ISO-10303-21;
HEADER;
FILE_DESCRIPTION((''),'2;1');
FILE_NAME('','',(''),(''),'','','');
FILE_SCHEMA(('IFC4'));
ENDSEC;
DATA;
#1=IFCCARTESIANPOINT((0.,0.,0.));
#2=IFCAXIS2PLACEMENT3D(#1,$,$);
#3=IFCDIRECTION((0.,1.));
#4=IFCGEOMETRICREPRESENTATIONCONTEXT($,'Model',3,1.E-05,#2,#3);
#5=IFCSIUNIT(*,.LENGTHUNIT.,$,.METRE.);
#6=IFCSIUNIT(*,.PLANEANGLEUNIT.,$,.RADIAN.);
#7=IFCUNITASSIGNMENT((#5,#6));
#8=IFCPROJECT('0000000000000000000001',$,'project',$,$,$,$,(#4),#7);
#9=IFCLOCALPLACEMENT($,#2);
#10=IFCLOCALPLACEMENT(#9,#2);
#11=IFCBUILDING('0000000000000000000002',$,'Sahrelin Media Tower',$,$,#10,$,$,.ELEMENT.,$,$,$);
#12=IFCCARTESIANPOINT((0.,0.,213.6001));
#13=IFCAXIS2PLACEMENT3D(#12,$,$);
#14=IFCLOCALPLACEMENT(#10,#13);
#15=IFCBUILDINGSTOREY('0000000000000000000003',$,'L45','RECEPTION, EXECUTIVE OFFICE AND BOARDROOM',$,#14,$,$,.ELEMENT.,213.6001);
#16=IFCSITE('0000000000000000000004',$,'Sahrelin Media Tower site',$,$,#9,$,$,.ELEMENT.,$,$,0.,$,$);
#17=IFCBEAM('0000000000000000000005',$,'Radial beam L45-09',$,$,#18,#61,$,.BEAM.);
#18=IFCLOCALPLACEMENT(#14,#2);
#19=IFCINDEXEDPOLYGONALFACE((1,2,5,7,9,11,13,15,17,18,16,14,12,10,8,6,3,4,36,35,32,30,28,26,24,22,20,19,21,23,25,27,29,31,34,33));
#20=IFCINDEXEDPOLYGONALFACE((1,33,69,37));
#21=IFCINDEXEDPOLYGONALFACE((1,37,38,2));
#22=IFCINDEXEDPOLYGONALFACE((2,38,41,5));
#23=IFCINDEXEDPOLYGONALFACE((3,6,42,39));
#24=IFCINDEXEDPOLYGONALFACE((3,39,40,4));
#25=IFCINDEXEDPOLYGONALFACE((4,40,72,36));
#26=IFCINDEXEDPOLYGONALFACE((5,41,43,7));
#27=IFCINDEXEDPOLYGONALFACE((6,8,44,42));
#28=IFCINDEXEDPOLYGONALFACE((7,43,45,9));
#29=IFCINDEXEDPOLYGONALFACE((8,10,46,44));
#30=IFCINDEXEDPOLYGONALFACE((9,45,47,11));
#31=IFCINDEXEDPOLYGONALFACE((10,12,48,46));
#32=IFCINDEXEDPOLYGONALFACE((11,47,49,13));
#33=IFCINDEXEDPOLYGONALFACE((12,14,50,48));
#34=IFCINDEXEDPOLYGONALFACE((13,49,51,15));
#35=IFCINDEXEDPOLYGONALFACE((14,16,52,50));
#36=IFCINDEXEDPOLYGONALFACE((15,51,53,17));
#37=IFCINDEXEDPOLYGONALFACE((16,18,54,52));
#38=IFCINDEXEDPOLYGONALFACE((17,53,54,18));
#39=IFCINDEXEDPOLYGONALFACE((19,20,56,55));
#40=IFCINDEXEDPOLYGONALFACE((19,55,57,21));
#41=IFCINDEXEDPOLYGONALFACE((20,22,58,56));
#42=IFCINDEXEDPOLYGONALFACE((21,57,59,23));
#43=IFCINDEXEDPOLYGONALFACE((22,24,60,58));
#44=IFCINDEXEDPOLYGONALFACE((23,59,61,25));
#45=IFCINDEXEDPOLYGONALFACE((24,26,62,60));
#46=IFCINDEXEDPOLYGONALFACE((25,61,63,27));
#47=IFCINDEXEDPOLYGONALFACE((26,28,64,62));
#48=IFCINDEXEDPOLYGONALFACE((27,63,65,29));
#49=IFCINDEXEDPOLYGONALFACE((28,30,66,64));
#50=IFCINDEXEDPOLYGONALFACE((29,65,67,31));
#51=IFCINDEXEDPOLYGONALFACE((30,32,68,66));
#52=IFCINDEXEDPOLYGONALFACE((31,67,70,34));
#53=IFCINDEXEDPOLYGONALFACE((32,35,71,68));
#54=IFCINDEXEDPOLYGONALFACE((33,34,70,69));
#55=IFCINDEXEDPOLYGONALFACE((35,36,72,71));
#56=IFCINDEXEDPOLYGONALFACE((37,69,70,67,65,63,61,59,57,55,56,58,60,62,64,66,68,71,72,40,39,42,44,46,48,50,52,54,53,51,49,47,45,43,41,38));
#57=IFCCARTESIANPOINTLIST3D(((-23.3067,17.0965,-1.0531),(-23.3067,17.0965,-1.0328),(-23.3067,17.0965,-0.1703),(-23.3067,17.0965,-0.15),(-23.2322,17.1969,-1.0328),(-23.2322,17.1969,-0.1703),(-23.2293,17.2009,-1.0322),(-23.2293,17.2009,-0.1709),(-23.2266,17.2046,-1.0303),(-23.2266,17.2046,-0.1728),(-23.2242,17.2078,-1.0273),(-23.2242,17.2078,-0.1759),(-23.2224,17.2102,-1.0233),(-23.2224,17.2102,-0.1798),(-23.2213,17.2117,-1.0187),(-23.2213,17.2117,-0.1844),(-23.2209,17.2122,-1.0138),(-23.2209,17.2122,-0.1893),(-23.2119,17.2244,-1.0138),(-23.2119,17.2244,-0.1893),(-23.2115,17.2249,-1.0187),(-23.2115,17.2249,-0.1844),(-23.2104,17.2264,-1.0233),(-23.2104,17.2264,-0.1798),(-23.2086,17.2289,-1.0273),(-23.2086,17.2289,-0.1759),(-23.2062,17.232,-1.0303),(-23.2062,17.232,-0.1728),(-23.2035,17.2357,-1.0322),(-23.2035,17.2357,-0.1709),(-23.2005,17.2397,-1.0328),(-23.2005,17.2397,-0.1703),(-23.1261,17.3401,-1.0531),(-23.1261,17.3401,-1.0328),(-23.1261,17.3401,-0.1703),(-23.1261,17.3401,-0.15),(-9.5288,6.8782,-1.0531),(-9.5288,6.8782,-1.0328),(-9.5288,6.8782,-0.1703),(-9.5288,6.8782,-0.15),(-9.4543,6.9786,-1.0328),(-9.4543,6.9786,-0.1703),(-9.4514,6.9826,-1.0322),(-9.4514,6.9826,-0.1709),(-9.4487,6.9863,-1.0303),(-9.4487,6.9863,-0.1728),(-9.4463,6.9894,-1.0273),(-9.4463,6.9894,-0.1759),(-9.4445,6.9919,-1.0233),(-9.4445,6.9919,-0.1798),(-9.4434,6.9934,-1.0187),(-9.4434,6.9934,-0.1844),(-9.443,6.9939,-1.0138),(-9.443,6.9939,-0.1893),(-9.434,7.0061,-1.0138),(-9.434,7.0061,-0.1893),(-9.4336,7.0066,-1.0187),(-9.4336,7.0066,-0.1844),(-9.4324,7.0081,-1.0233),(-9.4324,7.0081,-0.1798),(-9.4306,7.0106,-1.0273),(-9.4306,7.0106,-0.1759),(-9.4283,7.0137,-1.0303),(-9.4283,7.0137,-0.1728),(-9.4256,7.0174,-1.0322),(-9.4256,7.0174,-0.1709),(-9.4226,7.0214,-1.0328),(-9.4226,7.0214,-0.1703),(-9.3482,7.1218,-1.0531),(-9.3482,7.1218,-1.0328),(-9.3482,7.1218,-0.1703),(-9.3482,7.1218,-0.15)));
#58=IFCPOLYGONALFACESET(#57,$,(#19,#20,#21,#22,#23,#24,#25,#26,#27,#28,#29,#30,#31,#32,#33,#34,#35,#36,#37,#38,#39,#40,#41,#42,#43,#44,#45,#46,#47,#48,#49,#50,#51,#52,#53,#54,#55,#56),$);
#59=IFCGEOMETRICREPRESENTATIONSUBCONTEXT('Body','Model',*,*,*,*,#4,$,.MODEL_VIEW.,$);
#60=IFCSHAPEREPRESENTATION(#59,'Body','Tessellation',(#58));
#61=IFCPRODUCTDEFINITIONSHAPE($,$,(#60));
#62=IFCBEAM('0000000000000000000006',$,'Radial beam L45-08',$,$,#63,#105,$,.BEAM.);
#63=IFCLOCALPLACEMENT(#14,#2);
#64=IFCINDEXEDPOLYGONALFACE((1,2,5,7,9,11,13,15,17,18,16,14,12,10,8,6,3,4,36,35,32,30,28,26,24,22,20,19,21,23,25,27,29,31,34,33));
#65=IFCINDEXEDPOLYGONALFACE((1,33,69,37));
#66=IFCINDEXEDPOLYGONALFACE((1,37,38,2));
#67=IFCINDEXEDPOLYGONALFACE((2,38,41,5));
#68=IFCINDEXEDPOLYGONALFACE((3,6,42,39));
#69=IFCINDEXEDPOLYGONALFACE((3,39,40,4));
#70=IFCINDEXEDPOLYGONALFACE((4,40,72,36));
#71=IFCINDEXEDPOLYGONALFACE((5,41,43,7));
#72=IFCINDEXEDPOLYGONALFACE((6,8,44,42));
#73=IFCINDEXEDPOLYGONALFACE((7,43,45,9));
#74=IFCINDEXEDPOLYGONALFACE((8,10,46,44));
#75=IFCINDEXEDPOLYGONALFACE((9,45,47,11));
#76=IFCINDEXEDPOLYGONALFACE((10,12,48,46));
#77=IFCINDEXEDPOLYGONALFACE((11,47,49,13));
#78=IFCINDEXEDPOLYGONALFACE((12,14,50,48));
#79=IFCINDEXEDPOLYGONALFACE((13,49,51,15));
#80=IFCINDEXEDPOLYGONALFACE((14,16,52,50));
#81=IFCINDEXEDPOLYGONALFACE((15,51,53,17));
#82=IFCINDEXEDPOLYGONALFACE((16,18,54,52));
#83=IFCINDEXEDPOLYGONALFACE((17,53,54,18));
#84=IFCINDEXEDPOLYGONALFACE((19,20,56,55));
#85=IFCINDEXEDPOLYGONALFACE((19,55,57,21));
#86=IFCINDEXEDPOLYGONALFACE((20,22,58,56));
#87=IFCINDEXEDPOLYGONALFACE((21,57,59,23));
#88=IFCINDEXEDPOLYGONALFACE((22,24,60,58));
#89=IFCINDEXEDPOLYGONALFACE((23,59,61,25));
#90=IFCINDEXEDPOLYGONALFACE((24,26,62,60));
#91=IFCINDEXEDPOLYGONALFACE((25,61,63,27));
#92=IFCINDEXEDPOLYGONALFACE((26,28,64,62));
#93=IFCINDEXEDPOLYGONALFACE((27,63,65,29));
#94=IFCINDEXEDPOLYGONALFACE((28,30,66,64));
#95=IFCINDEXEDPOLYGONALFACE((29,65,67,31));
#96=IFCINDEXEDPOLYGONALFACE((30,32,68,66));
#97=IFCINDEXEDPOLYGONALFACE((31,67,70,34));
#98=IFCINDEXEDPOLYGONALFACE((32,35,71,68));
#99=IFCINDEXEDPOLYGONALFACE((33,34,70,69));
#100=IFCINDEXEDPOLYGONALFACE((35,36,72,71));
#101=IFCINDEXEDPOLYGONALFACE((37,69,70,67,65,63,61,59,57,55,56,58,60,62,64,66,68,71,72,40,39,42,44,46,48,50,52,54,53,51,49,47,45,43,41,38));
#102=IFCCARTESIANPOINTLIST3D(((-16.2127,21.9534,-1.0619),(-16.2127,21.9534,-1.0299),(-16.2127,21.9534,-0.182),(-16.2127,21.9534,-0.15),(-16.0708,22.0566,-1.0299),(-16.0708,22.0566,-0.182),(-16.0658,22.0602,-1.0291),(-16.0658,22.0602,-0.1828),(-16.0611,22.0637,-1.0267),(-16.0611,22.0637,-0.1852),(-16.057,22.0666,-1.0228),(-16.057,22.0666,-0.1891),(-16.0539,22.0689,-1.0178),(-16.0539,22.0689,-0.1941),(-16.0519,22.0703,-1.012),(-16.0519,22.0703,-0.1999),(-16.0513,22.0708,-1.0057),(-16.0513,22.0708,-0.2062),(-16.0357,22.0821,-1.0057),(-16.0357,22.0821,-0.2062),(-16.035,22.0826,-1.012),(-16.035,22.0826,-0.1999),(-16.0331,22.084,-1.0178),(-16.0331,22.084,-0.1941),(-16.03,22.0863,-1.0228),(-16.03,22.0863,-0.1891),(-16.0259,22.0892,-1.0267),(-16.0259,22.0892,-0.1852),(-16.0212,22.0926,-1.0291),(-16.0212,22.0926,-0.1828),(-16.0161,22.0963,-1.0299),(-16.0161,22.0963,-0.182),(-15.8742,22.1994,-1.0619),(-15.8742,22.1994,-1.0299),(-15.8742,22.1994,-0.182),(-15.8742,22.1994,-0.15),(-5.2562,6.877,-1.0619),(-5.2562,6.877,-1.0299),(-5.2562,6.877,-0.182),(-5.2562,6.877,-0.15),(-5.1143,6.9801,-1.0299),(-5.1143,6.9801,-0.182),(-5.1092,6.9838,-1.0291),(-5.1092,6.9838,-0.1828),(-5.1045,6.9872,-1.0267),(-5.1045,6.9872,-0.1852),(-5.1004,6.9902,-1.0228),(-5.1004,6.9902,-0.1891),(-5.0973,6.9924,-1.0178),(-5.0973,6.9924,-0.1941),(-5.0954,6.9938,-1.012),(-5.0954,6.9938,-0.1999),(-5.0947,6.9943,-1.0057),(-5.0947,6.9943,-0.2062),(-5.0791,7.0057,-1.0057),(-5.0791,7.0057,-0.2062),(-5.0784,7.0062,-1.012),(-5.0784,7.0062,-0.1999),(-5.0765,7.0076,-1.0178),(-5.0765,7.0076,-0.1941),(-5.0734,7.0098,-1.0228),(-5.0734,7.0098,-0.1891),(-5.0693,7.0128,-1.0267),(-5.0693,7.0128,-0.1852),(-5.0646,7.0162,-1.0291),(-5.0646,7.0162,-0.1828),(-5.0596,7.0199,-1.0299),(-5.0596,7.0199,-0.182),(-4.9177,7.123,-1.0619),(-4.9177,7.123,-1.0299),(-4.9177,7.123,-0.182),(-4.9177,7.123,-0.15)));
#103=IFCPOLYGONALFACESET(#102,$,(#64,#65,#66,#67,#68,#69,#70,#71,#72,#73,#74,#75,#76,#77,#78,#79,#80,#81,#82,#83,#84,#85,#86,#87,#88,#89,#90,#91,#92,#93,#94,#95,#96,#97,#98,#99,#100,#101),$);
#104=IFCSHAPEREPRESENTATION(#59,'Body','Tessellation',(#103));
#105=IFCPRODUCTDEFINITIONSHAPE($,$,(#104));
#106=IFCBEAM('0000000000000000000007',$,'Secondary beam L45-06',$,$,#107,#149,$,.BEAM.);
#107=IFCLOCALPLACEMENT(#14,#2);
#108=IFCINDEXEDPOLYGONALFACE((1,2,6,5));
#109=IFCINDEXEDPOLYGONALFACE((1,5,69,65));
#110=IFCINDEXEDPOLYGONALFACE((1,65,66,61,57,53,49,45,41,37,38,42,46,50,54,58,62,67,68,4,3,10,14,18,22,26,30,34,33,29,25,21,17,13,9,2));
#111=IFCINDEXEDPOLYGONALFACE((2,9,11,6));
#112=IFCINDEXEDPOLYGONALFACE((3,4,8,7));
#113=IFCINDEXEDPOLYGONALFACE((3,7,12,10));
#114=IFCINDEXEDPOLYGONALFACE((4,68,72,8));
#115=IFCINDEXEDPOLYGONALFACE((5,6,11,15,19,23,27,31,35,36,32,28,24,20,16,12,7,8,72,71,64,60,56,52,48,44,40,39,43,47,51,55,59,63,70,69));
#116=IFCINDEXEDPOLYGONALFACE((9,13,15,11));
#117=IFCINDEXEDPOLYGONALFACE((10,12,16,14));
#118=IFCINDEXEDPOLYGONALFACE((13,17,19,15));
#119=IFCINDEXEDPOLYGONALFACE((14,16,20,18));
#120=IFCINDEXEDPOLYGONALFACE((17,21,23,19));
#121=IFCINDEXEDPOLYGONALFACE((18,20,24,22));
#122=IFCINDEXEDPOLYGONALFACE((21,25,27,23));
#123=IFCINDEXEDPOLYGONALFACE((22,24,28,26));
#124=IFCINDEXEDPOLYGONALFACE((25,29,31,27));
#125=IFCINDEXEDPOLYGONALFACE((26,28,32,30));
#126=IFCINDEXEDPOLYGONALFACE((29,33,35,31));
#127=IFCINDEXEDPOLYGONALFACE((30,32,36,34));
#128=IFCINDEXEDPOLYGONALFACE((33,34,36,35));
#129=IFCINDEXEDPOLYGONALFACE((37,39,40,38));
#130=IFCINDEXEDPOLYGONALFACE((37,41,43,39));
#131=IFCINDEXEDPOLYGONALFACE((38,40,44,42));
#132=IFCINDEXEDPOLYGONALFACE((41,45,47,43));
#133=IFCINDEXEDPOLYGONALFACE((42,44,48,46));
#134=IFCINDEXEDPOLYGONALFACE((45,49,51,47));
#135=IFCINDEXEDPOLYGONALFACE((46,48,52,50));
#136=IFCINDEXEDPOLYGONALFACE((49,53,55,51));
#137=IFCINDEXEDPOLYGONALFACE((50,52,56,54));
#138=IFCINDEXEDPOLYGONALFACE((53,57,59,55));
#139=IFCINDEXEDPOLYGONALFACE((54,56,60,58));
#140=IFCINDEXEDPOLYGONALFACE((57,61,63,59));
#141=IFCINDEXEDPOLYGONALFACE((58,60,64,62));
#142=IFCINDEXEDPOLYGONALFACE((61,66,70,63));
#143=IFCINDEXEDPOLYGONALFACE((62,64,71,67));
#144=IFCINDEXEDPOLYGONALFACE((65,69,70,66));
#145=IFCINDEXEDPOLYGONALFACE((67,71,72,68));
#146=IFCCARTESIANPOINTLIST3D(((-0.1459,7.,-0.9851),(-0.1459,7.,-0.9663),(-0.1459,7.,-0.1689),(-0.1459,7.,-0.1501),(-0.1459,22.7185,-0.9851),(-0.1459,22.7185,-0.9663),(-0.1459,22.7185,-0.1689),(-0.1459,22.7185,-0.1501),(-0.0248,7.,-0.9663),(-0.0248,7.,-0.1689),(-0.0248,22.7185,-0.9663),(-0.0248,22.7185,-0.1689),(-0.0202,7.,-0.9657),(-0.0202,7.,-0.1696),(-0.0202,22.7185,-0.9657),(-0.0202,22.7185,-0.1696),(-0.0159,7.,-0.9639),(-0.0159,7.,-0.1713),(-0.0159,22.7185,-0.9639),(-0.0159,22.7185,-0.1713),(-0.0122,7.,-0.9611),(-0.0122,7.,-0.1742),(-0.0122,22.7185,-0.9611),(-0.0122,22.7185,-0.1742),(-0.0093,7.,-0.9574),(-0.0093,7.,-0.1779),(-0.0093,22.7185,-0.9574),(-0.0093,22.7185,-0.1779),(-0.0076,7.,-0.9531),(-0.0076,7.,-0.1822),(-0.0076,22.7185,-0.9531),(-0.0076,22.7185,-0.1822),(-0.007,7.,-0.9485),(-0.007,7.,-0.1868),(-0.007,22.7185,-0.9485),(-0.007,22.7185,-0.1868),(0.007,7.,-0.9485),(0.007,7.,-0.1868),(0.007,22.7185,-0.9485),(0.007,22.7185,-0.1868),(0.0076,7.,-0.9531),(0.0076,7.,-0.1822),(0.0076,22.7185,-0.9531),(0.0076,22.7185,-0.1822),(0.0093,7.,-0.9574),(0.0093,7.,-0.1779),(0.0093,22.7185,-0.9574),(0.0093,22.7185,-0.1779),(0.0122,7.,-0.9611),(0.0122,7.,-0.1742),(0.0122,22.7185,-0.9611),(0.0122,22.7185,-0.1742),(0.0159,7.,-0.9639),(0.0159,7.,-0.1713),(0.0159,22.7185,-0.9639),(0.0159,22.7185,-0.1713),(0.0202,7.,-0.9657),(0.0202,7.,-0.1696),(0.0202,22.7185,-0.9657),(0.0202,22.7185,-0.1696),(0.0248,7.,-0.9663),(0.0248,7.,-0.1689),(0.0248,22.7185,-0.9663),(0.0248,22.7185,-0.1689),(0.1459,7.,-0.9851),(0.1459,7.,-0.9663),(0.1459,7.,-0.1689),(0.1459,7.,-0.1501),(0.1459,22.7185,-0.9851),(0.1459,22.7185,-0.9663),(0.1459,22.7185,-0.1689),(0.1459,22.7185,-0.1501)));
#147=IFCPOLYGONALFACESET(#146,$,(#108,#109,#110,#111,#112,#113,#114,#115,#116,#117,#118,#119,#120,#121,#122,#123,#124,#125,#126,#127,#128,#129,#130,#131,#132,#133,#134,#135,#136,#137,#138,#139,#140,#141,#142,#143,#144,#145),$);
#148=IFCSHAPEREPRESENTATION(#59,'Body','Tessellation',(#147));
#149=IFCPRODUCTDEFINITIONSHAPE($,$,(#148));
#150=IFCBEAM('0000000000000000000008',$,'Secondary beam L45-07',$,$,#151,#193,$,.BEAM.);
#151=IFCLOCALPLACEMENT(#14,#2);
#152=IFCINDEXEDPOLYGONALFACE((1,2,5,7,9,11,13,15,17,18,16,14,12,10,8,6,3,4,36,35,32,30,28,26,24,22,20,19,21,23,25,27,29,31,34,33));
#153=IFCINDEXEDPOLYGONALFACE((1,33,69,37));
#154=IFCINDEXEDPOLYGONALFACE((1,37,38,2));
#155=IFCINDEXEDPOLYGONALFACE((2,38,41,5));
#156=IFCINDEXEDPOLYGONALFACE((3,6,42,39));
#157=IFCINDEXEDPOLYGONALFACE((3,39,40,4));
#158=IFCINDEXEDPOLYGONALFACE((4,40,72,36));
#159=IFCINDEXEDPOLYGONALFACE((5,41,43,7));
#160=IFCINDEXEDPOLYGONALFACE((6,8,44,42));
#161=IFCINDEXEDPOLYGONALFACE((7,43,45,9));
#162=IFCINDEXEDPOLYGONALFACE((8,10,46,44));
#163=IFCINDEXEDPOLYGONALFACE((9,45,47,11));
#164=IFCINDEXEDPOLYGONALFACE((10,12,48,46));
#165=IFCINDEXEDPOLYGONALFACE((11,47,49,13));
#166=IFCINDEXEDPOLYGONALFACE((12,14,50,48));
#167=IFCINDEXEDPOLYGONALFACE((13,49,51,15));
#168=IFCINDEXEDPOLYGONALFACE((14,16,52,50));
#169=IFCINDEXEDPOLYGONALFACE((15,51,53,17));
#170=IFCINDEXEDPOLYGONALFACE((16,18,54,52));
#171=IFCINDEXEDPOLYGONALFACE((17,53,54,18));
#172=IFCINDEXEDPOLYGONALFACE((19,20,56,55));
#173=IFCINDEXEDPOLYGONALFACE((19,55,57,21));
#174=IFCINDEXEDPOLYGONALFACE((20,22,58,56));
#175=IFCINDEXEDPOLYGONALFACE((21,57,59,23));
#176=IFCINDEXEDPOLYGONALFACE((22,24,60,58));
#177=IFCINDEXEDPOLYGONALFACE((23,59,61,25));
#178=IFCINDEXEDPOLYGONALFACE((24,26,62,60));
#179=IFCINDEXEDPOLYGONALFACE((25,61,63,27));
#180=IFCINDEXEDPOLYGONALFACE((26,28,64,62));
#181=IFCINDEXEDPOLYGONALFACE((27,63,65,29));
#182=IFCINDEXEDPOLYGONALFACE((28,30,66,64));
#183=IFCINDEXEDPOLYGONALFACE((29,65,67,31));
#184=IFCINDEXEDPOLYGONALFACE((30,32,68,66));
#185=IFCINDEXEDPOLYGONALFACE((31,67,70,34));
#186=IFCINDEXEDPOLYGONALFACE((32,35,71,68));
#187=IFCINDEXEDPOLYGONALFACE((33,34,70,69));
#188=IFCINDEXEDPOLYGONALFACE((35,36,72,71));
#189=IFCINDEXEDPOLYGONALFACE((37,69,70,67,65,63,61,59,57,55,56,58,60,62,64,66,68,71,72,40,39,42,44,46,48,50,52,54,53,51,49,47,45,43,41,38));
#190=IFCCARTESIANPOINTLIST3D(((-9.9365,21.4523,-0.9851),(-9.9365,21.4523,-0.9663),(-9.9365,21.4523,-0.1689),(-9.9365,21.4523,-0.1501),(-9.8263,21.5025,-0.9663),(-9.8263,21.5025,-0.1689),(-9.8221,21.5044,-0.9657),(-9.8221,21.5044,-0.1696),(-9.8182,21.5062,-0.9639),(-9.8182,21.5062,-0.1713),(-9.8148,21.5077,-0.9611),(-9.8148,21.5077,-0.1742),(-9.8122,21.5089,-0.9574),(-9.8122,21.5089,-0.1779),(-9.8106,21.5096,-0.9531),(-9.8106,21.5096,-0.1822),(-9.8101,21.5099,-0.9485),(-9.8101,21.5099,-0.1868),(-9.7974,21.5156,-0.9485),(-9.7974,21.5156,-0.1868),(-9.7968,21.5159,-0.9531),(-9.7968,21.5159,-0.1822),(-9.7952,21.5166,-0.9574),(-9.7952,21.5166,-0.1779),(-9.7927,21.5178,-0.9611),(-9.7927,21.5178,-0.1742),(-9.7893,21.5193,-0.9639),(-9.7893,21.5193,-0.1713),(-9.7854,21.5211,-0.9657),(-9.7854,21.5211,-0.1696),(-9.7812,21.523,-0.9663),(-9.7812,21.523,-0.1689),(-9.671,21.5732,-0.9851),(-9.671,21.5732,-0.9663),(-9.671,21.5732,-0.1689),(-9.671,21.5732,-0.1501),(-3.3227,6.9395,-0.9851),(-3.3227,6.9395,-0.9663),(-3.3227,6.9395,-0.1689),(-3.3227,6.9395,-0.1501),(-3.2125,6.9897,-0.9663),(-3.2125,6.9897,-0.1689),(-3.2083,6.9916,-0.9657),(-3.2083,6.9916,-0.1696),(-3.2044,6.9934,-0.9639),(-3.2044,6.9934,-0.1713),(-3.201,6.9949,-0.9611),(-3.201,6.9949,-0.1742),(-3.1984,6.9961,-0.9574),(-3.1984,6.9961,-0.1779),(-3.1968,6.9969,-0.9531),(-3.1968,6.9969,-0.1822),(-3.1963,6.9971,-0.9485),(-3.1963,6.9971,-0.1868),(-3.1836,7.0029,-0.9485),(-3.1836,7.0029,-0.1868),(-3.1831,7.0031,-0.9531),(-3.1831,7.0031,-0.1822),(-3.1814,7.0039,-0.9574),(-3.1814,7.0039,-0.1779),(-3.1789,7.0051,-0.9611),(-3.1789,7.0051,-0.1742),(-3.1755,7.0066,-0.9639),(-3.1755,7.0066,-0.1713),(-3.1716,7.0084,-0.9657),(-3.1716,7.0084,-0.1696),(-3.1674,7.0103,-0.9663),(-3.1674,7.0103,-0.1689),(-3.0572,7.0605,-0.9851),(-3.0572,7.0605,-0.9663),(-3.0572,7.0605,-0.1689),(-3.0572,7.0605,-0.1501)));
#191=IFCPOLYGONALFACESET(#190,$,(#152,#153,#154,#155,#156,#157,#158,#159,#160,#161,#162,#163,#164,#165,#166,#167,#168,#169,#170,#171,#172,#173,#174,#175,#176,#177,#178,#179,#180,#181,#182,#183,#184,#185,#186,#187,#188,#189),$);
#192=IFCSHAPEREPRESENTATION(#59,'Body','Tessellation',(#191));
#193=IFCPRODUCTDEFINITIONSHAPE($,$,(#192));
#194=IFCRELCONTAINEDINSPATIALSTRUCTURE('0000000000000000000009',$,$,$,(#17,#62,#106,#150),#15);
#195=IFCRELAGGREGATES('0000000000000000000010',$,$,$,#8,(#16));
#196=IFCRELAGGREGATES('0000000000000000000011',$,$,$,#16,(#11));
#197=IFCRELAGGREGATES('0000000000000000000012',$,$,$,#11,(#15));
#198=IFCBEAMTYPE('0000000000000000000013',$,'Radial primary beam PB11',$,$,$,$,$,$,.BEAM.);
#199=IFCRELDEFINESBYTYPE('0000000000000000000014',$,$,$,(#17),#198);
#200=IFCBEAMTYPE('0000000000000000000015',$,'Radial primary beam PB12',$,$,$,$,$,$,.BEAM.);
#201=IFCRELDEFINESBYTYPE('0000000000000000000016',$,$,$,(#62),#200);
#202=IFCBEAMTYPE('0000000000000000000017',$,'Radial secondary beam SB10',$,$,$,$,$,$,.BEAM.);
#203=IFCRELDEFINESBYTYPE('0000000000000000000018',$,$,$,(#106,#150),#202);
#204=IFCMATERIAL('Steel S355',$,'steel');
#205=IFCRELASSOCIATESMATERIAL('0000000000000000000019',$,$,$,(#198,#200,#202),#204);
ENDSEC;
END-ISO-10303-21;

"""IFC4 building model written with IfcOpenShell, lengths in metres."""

from ifc_helpers import new_model, si_unit, direction, frame, origin, origin_2d, place, context, subcontext, project, spatial, i_section, extrude, material, material_profile, profile_set, type_object, element, save


model = new_model("IFC4")

# Units and contexts
model_context = context("Model", 3, precision=1e-05, world=origin(), true_north=direction((0.0, 1.0)))
body_context = subcontext(model_context, "Body", "Model", "MODEL_VIEW")
ifc_project = project(units=[si_unit("LENGTHUNIT", "METRE"), si_unit("PLANEANGLEUNIT", "RADIAN")], contexts=[model_context])

# Site, building, storey
site_placement = place(None, origin())
site = spatial("IfcSite", under=ifc_project, at=site_placement, Name="Sahrelin Media Tower site", CompositionType="ELEMENT", RefElevation=0.0)
building_placement = place(site_placement, origin())
building = spatial("IfcBuilding", under=site, at=building_placement, Name="Sahrelin Media Tower", CompositionType="ELEMENT")
storey_placement = place(building_placement, frame((0.0, 0.0, 213.6001)))
storey = spatial("IfcBuildingStorey", under=building, at=storey_placement, Name="L45", Description="RECEPTION, EXECUTIVE OFFICE AND BOARDROOM", CompositionType="ELEMENT", Elevation=213.6001)

# Shared definitions
ifc_material_1 = material(Name="Steel S355", Category="steel")

# Beams
ifc_material_profile_1 = material_profile(ifc_material_1, i_section(OverallWidth=0.3032, OverallDepth=0.9031, WebThickness=0.0151, FlangeThickness=0.0203, FilletRadius=0.019, at=origin_2d()), Name="UB 914x305x201")
ifc_profile_set_1 = profile_set([ifc_material_profile_1], Name="Steel S355")
beam_type_1 = type_object("IfcBeamType", Name="Radial primary beam PB11", PredefinedType="BEAM", material=ifc_profile_set_1)
beam_1_placement = place(storey_placement, frame((-9.4385, 7.0, -0.6016), z_axis=(-0.80321, 0.595696, 0.0), x_axis=(-0.595696, -0.80321, 0.0)))
element("IfcBeam", 1, at=beam_1_placement, inside=storey, type_object=beam_type_1, Name="Radial beam L45-09", PredefinedType="BEAM", context=body_context, shape_type="SweptSolid", body=[
    extrude(i_section(OverallWidth=0.3032, OverallDepth=0.9031, WebThickness=0.0151, FlangeThickness=0.0203, FilletRadius=0.019, at=origin_2d()), origin(), (0.0, 0.0, 1.0), 17.1536),
])
ifc_material_profile_2 = material_profile(ifc_material_1, i_section(OverallWidth=0.4185, OverallDepth=0.9119, WebThickness=0.0193, FlangeThickness=0.032, FilletRadius=0.0242, at=origin_2d()), Name="UB 914x419x343")
ifc_profile_set_2 = profile_set([ifc_material_profile_2], Name="Steel S355")
beam_type_2 = type_object("IfcBeamType", Name="Radial primary beam PB12", PredefinedType="BEAM", material=ifc_profile_set_2)
beam_2_placement = place(storey_placement, frame((-5.0869, 7.0, -0.606), z_axis=(-0.587887, 0.808943, 0.0), x_axis=(-0.808943, -0.587887, 0.0)))
element("IfcBeam", 2, at=beam_2_placement, inside=storey, type_object=beam_type_2, Name="Radial beam L45-08", PredefinedType="BEAM", context=body_context, shape_type="SweptSolid", body=[
    extrude(i_section(OverallWidth=0.4185, OverallDepth=0.9119, WebThickness=0.0193, FlangeThickness=0.032, FilletRadius=0.0242, at=origin_2d()), origin(), (0.0, 0.0, 1.0), 18.6372),
])
ifc_material_profile_3 = material_profile(ifc_material_1, i_section(OverallWidth=0.2917, OverallDepth=0.835, WebThickness=0.0139, FlangeThickness=0.0188, FilletRadius=0.0178, at=origin_2d()), Name="UB 838x292x176")
ifc_profile_set_3 = profile_set([ifc_material_profile_3], Name="Steel S355")
beam_type_3 = type_object("IfcBeamType", Name="Radial secondary beam SB10", PredefinedType="BEAM", material=ifc_profile_set_3)
beam_3_placement = place(storey_placement, frame((0.0, 7.0, -0.5676), z_axis=(0.0, 1.0, 0.0), x_axis=(-1.0, 0.0, 0.0)))
element("IfcBeam", 3, at=beam_3_placement, inside=storey, type_object=beam_type_3, Name="Secondary beam L45-06", PredefinedType="BEAM", context=body_context, shape_type="SweptSolid", body=[
    extrude(i_section(OverallWidth=0.2917, OverallDepth=0.835, WebThickness=0.0139, FlangeThickness=0.0188, FilletRadius=0.0178, at=origin_2d()), origin(), (0.0, 0.0, 1.0), 15.7185),
])
beam_4_placement = place(storey_placement, frame((-3.1899, 7.0, -0.5676), z_axis=(-0.414691, 0.909962, 0.0), x_axis=(-0.909962, -0.414691, 0.0)))
element("IfcBeam", 4, at=beam_4_placement, inside=storey, type_object=beam_type_3, Name="Secondary beam L45-07", PredefinedType="BEAM", context=body_context, shape_type="SweptSolid", body=[
    extrude(i_section(OverallWidth=0.2917, OverallDepth=0.835, WebThickness=0.0139, FlangeThickness=0.0188, FilletRadius=0.0178, at=origin_2d()), origin(), (0.0, 0.0, 1.0), 15.9487),
])

save(model, "model.ifc")
